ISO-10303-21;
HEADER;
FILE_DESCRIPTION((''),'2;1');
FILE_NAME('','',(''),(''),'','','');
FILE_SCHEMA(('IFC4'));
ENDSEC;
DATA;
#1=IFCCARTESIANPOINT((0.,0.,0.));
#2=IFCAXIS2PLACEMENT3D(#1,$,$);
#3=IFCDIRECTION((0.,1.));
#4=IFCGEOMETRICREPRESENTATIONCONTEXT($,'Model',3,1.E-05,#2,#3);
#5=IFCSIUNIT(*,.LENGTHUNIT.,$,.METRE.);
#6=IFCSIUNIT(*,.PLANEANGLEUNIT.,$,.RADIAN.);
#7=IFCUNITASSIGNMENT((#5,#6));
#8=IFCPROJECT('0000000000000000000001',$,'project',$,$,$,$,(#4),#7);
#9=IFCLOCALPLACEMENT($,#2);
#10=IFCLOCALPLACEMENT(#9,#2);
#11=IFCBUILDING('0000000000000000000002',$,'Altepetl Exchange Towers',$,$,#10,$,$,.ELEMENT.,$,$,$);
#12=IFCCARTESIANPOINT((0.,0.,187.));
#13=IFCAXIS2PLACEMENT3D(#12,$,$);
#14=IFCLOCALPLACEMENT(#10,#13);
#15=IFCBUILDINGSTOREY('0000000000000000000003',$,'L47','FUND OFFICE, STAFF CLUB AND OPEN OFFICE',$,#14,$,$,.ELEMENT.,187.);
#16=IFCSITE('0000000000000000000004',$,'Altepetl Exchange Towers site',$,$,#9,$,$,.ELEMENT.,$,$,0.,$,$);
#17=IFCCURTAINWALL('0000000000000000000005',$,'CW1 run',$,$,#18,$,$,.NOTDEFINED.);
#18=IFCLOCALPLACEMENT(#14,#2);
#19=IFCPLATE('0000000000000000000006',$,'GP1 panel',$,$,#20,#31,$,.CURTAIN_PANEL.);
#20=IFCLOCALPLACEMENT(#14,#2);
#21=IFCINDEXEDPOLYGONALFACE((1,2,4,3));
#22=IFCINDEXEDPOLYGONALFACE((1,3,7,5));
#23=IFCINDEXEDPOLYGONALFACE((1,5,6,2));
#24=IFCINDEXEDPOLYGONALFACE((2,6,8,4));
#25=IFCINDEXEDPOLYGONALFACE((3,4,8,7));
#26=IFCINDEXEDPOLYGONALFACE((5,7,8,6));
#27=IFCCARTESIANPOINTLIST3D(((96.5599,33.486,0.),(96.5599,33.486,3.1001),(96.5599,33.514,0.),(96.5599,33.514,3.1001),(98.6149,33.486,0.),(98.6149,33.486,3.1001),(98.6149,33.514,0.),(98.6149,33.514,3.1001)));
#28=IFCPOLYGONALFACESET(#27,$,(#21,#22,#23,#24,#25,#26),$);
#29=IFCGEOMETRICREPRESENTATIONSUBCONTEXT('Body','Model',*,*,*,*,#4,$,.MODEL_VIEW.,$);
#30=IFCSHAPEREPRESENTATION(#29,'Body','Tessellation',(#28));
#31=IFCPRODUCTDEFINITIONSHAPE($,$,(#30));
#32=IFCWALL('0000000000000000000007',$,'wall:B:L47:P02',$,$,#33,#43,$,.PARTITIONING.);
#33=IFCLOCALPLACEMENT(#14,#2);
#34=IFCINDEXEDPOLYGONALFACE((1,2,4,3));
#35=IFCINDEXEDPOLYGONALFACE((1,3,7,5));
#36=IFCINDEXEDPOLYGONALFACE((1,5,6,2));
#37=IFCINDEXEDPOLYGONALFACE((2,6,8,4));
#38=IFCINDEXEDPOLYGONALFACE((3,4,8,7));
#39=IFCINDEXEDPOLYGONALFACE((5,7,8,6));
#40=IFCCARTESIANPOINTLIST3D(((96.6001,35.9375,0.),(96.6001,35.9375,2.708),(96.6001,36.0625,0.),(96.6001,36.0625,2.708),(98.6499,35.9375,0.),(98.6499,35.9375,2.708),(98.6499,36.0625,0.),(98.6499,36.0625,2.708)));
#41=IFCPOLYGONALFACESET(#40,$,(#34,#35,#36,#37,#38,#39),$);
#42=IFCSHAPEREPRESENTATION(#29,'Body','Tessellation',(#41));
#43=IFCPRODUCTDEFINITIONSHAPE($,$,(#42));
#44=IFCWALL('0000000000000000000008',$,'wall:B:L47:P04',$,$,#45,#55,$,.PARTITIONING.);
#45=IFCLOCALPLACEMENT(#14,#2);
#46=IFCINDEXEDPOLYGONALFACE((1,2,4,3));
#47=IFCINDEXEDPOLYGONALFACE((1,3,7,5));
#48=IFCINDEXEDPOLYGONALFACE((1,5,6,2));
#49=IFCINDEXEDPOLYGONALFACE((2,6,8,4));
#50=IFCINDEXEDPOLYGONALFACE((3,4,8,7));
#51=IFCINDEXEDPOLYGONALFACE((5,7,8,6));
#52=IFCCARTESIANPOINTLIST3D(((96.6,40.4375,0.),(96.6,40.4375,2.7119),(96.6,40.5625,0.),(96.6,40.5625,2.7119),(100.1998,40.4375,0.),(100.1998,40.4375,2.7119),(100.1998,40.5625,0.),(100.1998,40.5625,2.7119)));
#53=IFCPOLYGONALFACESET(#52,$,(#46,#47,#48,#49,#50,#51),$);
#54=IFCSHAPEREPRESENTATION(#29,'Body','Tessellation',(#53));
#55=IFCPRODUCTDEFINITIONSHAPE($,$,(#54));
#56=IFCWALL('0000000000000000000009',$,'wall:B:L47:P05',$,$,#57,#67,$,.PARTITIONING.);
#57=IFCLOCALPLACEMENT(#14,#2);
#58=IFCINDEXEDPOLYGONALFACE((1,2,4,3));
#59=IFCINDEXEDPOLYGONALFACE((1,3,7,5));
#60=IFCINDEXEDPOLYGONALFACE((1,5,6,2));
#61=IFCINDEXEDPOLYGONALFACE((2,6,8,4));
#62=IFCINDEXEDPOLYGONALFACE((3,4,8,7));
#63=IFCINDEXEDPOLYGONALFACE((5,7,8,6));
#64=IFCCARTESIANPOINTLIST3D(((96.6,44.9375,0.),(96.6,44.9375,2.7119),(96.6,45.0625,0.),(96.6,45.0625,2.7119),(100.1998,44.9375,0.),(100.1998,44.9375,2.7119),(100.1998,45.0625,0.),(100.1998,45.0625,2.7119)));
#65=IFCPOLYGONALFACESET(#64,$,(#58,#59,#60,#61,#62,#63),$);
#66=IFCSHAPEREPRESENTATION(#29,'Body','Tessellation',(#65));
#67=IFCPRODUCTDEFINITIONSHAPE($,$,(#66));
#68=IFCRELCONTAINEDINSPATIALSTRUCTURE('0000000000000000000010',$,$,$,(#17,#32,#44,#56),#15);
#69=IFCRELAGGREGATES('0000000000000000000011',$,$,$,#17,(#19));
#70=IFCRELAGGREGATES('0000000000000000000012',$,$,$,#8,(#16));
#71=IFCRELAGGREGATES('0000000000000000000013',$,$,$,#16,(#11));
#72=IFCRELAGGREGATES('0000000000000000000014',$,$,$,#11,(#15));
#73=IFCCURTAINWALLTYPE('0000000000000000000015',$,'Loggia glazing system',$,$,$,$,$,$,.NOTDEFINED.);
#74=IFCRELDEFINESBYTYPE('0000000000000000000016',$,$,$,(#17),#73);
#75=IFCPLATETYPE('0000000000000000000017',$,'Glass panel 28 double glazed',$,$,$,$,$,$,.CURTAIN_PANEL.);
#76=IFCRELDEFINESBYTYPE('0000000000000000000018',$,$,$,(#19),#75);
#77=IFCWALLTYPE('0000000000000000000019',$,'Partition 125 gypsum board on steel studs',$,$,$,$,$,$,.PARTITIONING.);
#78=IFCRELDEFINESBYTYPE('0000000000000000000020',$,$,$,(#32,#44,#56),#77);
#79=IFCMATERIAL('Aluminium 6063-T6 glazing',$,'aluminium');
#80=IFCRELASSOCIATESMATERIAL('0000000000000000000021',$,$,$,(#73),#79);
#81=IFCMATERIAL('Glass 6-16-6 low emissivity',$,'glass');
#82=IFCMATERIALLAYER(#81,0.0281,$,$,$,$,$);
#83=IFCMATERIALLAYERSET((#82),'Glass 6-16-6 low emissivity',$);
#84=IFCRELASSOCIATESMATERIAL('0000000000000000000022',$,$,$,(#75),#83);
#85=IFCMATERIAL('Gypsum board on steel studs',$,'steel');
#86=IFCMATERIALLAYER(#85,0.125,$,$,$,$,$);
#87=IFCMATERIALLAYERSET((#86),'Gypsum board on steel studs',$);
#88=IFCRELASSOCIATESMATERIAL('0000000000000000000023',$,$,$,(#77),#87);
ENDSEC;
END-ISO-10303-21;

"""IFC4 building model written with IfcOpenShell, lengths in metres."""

from ifc_helpers import new_model, si_unit, direction, frame, frame_2d, origin, origin_2d, place, context, subcontext, project, spatial, rectangle, extrude, material, layer, layer_set, type_object, element, aggregate, save


model = new_model("IFC4")

# Units and contexts
model_context = context("Model", 3, precision=1e-05, world=origin(), true_north=direction((0.0, 1.0)))
body_context = subcontext(model_context, "Body", "Model", "MODEL_VIEW")
ifc_project = project(units=[si_unit("LENGTHUNIT", "METRE"), si_unit("PLANEANGLEUNIT", "RADIAN")], contexts=[model_context])

# Site, building, storey
site_placement = place(None, origin())
site = spatial("IfcSite", under=ifc_project, at=site_placement, Name="Altepetl Exchange Towers site", CompositionType="ELEMENT", RefElevation=0.0)
building_placement = place(site_placement, origin())
building = spatial("IfcBuilding", under=site, at=building_placement, Name="Altepetl Exchange Towers", CompositionType="ELEMENT")
storey_placement = place(building_placement, frame((0.0, 0.0, 187.0)))
storey = spatial("IfcBuildingStorey", under=building, at=storey_placement, Name="L47", Description="FUND OFFICE, STAFF CLUB AND OPEN OFFICE", CompositionType="ELEMENT", Elevation=187.0)

# Curtain wall
ifc_material_1 = material(Name="Aluminium 6063-T6 glazing", Category="aluminium")
curtain_wall_type = type_object("IfcCurtainWallType", Name="Loggia glazing system", PredefinedType="NOTDEFINED", material=ifc_material_1)
curtain_wall_1_placement = place(storey_placement, origin())
curtain_wall_1 = element("IfcCurtainWall", 1, at=curtain_wall_1_placement, inside=storey, type_object=curtain_wall_type, Name="CW1 run", PredefinedType="NOTDEFINED")

# Plate
ifc_material_2 = material(Name="Glass 6-16-6 low emissivity", Category="glass")
ifc_layer_1 = layer(ifc_material_2, 0.0281)
ifc_layer_set_1 = layer_set([ifc_layer_1], Name="Glass 6-16-6 low emissivity")
plate_type = type_object("IfcPlateType", Name="Glass panel 28 double glazed", PredefinedType="CURTAIN_PANEL", material=ifc_layer_set_1)
plate_1_placement = place(storey_placement, frame((97.5874, 33.5, 0.0)))
plate_1 = element("IfcPlate", 2, at=plate_1_placement, type_object=plate_type, Name="GP1 panel", PredefinedType="CURTAIN_PANEL", context=body_context, shape_type="SweptSolid", body=[
    extrude(rectangle(XDim=2.0549, YDim=0.0281, at=origin_2d()), origin(), (0.0, 0.0, 1.0), 3.1001),
])
aggregate(curtain_wall_1, [plate_1])

# Walls
ifc_material_3 = material(Name="Gypsum board on steel studs", Category="steel")
ifc_layer_2 = layer(ifc_material_3, 0.125)
ifc_layer_set_2 = layer_set([ifc_layer_2], Name="Gypsum board on steel studs")
wall_type = type_object("IfcWallType", Name="Partition 125 gypsum board on steel studs", PredefinedType="PARTITIONING", material=ifc_layer_set_2)
wall_placement = place(storey_placement, frame((96.6001, 36.0, 0.0)))
element("IfcWall", 3, at=wall_placement, inside=storey, type_object=wall_type, Name="wall:B:L47:P02", PredefinedType="PARTITIONING", context=body_context, shape_type="SweptSolid", body=[
    extrude(rectangle(XDim=2.0498, YDim=0.125, at=frame_2d((1.0249, 0.0))), origin(), (0.0, 0.0, 1.0), 2.708),
])
for number, where, name in (
    (4, (96.6001, 40.5, 0.0), "wall:B:L47:P04"),
    (5, (96.6001, 45.0, 0.0), "wall:B:L47:P05"),
):
    element("IfcWall", number, at=place(storey_placement, frame(where)), inside=storey, type_object=wall_type, Name=name, PredefinedType="PARTITIONING", context=body_context, shape_type="SweptSolid", body=[
        extrude(rectangle(XDim=3.5999, YDim=0.125, at=frame_2d((1.7998, 0.0))), origin(), (0.0, 0.0, 1.0), 2.7119),
    ])

save(model, "model.ifc")
